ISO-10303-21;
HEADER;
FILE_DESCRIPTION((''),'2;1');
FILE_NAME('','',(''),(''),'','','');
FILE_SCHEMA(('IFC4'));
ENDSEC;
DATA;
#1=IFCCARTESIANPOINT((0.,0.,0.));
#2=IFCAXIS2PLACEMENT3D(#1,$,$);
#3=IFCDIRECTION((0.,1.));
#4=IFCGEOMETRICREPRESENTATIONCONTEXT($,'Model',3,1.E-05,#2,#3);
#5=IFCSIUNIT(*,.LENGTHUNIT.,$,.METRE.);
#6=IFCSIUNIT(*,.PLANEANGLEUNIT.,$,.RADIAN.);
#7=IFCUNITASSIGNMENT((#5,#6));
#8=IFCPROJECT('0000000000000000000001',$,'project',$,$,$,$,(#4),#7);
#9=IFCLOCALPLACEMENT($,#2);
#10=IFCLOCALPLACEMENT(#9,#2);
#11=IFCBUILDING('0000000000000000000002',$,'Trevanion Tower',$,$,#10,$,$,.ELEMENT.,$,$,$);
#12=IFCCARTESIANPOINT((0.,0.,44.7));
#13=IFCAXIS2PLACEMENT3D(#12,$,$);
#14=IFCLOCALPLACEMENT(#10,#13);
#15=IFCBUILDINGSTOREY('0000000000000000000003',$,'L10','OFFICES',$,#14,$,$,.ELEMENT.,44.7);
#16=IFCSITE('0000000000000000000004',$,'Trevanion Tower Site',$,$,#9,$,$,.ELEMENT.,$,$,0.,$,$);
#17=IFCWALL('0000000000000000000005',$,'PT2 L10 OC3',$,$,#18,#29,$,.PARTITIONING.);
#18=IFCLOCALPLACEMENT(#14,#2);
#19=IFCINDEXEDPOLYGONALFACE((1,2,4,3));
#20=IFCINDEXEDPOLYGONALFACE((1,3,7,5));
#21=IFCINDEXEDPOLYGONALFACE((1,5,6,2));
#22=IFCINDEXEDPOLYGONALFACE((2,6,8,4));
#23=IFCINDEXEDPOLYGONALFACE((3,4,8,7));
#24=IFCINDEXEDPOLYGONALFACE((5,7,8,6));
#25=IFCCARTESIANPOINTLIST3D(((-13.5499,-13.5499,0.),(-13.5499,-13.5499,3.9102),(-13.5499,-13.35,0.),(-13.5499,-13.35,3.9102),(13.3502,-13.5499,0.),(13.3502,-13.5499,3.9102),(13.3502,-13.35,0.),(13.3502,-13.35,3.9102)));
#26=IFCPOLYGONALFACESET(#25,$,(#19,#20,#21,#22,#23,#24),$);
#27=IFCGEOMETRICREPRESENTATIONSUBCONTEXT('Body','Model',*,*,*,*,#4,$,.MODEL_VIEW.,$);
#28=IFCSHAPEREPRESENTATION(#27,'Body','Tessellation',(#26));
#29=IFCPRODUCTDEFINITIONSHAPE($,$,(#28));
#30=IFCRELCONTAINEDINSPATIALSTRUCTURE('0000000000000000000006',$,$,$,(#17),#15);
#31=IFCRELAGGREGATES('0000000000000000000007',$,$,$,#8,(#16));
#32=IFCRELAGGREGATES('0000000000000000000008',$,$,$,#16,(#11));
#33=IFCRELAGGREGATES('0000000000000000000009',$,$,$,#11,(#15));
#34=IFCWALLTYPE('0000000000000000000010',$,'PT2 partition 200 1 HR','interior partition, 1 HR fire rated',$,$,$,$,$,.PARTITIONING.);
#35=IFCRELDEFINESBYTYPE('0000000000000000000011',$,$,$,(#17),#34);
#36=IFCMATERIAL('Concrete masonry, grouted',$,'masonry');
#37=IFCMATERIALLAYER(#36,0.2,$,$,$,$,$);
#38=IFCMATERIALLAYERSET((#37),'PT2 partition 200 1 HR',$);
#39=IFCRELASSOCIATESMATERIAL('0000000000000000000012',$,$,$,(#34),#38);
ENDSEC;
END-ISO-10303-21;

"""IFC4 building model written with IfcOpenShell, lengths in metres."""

from ifc_helpers import new_model, si_unit, direction, frame, frame_2d, origin, place, context, subcontext, project, spatial, rectangle, extrude, material, layer, layer_set, type_object, element, save


model = new_model("IFC4")

# Units and contexts
model_context = context("Model", 3, precision=1e-05, world=origin(), true_north=direction((0.0, 1.0)))
body_context = subcontext(model_context, "Body", "Model", "MODEL_VIEW")
ifc_project = project(units=[si_unit("LENGTHUNIT", "METRE"), si_unit("PLANEANGLEUNIT", "RADIAN")], contexts=[model_context])

# Site, building, storey
site_placement = place(None, origin())
site = spatial("IfcSite", under=ifc_project, at=site_placement, Name="Trevanion Tower Site", CompositionType="ELEMENT", RefElevation=0.0)
building_placement = place(site_placement, origin())
building = spatial("IfcBuilding", under=site, at=building_placement, Name="Trevanion Tower", CompositionType="ELEMENT")
storey_placement = place(building_placement, frame((0.0, 0.0, 44.7)))
storey = spatial("IfcBuildingStorey", under=building, at=storey_placement, Name="L10", Description="OFFICES", CompositionType="ELEMENT", Elevation=44.7)

# Wall
ifc_material_1 = material(Name="Concrete masonry, grouted", Category="masonry")
ifc_layer_1 = layer(ifc_material_1, 0.2)
ifc_layer_set_1 = layer_set([ifc_layer_1], Name="PT2 partition 200 1 HR")
wall_type_1 = type_object("IfcWallType", Name="PT2 partition 200 1 HR", Description="interior partition, 1 HR fire rated", PredefinedType="PARTITIONING", material=ifc_layer_set_1)
wall_1_placement = place(storey_placement, frame((-13.55, -13.45, 0.0), z_axis=(0.0, 0.0, 1.0), x_axis=(1.0, 0.0, 0.0)))
element("IfcWall", 1, at=wall_1_placement, inside=storey, type_object=wall_type_1, Name="PT2 L10 OC3", PredefinedType="PARTITIONING", context=body_context, shape_type="SweptSolid", body=[
    extrude(rectangle(XDim=26.9001, YDim=0.2, at=frame_2d((13.4502, 0.0))), origin(), (0.0, 0.0, 1.0), 3.9102),
])

save(model, "model.ifc")
